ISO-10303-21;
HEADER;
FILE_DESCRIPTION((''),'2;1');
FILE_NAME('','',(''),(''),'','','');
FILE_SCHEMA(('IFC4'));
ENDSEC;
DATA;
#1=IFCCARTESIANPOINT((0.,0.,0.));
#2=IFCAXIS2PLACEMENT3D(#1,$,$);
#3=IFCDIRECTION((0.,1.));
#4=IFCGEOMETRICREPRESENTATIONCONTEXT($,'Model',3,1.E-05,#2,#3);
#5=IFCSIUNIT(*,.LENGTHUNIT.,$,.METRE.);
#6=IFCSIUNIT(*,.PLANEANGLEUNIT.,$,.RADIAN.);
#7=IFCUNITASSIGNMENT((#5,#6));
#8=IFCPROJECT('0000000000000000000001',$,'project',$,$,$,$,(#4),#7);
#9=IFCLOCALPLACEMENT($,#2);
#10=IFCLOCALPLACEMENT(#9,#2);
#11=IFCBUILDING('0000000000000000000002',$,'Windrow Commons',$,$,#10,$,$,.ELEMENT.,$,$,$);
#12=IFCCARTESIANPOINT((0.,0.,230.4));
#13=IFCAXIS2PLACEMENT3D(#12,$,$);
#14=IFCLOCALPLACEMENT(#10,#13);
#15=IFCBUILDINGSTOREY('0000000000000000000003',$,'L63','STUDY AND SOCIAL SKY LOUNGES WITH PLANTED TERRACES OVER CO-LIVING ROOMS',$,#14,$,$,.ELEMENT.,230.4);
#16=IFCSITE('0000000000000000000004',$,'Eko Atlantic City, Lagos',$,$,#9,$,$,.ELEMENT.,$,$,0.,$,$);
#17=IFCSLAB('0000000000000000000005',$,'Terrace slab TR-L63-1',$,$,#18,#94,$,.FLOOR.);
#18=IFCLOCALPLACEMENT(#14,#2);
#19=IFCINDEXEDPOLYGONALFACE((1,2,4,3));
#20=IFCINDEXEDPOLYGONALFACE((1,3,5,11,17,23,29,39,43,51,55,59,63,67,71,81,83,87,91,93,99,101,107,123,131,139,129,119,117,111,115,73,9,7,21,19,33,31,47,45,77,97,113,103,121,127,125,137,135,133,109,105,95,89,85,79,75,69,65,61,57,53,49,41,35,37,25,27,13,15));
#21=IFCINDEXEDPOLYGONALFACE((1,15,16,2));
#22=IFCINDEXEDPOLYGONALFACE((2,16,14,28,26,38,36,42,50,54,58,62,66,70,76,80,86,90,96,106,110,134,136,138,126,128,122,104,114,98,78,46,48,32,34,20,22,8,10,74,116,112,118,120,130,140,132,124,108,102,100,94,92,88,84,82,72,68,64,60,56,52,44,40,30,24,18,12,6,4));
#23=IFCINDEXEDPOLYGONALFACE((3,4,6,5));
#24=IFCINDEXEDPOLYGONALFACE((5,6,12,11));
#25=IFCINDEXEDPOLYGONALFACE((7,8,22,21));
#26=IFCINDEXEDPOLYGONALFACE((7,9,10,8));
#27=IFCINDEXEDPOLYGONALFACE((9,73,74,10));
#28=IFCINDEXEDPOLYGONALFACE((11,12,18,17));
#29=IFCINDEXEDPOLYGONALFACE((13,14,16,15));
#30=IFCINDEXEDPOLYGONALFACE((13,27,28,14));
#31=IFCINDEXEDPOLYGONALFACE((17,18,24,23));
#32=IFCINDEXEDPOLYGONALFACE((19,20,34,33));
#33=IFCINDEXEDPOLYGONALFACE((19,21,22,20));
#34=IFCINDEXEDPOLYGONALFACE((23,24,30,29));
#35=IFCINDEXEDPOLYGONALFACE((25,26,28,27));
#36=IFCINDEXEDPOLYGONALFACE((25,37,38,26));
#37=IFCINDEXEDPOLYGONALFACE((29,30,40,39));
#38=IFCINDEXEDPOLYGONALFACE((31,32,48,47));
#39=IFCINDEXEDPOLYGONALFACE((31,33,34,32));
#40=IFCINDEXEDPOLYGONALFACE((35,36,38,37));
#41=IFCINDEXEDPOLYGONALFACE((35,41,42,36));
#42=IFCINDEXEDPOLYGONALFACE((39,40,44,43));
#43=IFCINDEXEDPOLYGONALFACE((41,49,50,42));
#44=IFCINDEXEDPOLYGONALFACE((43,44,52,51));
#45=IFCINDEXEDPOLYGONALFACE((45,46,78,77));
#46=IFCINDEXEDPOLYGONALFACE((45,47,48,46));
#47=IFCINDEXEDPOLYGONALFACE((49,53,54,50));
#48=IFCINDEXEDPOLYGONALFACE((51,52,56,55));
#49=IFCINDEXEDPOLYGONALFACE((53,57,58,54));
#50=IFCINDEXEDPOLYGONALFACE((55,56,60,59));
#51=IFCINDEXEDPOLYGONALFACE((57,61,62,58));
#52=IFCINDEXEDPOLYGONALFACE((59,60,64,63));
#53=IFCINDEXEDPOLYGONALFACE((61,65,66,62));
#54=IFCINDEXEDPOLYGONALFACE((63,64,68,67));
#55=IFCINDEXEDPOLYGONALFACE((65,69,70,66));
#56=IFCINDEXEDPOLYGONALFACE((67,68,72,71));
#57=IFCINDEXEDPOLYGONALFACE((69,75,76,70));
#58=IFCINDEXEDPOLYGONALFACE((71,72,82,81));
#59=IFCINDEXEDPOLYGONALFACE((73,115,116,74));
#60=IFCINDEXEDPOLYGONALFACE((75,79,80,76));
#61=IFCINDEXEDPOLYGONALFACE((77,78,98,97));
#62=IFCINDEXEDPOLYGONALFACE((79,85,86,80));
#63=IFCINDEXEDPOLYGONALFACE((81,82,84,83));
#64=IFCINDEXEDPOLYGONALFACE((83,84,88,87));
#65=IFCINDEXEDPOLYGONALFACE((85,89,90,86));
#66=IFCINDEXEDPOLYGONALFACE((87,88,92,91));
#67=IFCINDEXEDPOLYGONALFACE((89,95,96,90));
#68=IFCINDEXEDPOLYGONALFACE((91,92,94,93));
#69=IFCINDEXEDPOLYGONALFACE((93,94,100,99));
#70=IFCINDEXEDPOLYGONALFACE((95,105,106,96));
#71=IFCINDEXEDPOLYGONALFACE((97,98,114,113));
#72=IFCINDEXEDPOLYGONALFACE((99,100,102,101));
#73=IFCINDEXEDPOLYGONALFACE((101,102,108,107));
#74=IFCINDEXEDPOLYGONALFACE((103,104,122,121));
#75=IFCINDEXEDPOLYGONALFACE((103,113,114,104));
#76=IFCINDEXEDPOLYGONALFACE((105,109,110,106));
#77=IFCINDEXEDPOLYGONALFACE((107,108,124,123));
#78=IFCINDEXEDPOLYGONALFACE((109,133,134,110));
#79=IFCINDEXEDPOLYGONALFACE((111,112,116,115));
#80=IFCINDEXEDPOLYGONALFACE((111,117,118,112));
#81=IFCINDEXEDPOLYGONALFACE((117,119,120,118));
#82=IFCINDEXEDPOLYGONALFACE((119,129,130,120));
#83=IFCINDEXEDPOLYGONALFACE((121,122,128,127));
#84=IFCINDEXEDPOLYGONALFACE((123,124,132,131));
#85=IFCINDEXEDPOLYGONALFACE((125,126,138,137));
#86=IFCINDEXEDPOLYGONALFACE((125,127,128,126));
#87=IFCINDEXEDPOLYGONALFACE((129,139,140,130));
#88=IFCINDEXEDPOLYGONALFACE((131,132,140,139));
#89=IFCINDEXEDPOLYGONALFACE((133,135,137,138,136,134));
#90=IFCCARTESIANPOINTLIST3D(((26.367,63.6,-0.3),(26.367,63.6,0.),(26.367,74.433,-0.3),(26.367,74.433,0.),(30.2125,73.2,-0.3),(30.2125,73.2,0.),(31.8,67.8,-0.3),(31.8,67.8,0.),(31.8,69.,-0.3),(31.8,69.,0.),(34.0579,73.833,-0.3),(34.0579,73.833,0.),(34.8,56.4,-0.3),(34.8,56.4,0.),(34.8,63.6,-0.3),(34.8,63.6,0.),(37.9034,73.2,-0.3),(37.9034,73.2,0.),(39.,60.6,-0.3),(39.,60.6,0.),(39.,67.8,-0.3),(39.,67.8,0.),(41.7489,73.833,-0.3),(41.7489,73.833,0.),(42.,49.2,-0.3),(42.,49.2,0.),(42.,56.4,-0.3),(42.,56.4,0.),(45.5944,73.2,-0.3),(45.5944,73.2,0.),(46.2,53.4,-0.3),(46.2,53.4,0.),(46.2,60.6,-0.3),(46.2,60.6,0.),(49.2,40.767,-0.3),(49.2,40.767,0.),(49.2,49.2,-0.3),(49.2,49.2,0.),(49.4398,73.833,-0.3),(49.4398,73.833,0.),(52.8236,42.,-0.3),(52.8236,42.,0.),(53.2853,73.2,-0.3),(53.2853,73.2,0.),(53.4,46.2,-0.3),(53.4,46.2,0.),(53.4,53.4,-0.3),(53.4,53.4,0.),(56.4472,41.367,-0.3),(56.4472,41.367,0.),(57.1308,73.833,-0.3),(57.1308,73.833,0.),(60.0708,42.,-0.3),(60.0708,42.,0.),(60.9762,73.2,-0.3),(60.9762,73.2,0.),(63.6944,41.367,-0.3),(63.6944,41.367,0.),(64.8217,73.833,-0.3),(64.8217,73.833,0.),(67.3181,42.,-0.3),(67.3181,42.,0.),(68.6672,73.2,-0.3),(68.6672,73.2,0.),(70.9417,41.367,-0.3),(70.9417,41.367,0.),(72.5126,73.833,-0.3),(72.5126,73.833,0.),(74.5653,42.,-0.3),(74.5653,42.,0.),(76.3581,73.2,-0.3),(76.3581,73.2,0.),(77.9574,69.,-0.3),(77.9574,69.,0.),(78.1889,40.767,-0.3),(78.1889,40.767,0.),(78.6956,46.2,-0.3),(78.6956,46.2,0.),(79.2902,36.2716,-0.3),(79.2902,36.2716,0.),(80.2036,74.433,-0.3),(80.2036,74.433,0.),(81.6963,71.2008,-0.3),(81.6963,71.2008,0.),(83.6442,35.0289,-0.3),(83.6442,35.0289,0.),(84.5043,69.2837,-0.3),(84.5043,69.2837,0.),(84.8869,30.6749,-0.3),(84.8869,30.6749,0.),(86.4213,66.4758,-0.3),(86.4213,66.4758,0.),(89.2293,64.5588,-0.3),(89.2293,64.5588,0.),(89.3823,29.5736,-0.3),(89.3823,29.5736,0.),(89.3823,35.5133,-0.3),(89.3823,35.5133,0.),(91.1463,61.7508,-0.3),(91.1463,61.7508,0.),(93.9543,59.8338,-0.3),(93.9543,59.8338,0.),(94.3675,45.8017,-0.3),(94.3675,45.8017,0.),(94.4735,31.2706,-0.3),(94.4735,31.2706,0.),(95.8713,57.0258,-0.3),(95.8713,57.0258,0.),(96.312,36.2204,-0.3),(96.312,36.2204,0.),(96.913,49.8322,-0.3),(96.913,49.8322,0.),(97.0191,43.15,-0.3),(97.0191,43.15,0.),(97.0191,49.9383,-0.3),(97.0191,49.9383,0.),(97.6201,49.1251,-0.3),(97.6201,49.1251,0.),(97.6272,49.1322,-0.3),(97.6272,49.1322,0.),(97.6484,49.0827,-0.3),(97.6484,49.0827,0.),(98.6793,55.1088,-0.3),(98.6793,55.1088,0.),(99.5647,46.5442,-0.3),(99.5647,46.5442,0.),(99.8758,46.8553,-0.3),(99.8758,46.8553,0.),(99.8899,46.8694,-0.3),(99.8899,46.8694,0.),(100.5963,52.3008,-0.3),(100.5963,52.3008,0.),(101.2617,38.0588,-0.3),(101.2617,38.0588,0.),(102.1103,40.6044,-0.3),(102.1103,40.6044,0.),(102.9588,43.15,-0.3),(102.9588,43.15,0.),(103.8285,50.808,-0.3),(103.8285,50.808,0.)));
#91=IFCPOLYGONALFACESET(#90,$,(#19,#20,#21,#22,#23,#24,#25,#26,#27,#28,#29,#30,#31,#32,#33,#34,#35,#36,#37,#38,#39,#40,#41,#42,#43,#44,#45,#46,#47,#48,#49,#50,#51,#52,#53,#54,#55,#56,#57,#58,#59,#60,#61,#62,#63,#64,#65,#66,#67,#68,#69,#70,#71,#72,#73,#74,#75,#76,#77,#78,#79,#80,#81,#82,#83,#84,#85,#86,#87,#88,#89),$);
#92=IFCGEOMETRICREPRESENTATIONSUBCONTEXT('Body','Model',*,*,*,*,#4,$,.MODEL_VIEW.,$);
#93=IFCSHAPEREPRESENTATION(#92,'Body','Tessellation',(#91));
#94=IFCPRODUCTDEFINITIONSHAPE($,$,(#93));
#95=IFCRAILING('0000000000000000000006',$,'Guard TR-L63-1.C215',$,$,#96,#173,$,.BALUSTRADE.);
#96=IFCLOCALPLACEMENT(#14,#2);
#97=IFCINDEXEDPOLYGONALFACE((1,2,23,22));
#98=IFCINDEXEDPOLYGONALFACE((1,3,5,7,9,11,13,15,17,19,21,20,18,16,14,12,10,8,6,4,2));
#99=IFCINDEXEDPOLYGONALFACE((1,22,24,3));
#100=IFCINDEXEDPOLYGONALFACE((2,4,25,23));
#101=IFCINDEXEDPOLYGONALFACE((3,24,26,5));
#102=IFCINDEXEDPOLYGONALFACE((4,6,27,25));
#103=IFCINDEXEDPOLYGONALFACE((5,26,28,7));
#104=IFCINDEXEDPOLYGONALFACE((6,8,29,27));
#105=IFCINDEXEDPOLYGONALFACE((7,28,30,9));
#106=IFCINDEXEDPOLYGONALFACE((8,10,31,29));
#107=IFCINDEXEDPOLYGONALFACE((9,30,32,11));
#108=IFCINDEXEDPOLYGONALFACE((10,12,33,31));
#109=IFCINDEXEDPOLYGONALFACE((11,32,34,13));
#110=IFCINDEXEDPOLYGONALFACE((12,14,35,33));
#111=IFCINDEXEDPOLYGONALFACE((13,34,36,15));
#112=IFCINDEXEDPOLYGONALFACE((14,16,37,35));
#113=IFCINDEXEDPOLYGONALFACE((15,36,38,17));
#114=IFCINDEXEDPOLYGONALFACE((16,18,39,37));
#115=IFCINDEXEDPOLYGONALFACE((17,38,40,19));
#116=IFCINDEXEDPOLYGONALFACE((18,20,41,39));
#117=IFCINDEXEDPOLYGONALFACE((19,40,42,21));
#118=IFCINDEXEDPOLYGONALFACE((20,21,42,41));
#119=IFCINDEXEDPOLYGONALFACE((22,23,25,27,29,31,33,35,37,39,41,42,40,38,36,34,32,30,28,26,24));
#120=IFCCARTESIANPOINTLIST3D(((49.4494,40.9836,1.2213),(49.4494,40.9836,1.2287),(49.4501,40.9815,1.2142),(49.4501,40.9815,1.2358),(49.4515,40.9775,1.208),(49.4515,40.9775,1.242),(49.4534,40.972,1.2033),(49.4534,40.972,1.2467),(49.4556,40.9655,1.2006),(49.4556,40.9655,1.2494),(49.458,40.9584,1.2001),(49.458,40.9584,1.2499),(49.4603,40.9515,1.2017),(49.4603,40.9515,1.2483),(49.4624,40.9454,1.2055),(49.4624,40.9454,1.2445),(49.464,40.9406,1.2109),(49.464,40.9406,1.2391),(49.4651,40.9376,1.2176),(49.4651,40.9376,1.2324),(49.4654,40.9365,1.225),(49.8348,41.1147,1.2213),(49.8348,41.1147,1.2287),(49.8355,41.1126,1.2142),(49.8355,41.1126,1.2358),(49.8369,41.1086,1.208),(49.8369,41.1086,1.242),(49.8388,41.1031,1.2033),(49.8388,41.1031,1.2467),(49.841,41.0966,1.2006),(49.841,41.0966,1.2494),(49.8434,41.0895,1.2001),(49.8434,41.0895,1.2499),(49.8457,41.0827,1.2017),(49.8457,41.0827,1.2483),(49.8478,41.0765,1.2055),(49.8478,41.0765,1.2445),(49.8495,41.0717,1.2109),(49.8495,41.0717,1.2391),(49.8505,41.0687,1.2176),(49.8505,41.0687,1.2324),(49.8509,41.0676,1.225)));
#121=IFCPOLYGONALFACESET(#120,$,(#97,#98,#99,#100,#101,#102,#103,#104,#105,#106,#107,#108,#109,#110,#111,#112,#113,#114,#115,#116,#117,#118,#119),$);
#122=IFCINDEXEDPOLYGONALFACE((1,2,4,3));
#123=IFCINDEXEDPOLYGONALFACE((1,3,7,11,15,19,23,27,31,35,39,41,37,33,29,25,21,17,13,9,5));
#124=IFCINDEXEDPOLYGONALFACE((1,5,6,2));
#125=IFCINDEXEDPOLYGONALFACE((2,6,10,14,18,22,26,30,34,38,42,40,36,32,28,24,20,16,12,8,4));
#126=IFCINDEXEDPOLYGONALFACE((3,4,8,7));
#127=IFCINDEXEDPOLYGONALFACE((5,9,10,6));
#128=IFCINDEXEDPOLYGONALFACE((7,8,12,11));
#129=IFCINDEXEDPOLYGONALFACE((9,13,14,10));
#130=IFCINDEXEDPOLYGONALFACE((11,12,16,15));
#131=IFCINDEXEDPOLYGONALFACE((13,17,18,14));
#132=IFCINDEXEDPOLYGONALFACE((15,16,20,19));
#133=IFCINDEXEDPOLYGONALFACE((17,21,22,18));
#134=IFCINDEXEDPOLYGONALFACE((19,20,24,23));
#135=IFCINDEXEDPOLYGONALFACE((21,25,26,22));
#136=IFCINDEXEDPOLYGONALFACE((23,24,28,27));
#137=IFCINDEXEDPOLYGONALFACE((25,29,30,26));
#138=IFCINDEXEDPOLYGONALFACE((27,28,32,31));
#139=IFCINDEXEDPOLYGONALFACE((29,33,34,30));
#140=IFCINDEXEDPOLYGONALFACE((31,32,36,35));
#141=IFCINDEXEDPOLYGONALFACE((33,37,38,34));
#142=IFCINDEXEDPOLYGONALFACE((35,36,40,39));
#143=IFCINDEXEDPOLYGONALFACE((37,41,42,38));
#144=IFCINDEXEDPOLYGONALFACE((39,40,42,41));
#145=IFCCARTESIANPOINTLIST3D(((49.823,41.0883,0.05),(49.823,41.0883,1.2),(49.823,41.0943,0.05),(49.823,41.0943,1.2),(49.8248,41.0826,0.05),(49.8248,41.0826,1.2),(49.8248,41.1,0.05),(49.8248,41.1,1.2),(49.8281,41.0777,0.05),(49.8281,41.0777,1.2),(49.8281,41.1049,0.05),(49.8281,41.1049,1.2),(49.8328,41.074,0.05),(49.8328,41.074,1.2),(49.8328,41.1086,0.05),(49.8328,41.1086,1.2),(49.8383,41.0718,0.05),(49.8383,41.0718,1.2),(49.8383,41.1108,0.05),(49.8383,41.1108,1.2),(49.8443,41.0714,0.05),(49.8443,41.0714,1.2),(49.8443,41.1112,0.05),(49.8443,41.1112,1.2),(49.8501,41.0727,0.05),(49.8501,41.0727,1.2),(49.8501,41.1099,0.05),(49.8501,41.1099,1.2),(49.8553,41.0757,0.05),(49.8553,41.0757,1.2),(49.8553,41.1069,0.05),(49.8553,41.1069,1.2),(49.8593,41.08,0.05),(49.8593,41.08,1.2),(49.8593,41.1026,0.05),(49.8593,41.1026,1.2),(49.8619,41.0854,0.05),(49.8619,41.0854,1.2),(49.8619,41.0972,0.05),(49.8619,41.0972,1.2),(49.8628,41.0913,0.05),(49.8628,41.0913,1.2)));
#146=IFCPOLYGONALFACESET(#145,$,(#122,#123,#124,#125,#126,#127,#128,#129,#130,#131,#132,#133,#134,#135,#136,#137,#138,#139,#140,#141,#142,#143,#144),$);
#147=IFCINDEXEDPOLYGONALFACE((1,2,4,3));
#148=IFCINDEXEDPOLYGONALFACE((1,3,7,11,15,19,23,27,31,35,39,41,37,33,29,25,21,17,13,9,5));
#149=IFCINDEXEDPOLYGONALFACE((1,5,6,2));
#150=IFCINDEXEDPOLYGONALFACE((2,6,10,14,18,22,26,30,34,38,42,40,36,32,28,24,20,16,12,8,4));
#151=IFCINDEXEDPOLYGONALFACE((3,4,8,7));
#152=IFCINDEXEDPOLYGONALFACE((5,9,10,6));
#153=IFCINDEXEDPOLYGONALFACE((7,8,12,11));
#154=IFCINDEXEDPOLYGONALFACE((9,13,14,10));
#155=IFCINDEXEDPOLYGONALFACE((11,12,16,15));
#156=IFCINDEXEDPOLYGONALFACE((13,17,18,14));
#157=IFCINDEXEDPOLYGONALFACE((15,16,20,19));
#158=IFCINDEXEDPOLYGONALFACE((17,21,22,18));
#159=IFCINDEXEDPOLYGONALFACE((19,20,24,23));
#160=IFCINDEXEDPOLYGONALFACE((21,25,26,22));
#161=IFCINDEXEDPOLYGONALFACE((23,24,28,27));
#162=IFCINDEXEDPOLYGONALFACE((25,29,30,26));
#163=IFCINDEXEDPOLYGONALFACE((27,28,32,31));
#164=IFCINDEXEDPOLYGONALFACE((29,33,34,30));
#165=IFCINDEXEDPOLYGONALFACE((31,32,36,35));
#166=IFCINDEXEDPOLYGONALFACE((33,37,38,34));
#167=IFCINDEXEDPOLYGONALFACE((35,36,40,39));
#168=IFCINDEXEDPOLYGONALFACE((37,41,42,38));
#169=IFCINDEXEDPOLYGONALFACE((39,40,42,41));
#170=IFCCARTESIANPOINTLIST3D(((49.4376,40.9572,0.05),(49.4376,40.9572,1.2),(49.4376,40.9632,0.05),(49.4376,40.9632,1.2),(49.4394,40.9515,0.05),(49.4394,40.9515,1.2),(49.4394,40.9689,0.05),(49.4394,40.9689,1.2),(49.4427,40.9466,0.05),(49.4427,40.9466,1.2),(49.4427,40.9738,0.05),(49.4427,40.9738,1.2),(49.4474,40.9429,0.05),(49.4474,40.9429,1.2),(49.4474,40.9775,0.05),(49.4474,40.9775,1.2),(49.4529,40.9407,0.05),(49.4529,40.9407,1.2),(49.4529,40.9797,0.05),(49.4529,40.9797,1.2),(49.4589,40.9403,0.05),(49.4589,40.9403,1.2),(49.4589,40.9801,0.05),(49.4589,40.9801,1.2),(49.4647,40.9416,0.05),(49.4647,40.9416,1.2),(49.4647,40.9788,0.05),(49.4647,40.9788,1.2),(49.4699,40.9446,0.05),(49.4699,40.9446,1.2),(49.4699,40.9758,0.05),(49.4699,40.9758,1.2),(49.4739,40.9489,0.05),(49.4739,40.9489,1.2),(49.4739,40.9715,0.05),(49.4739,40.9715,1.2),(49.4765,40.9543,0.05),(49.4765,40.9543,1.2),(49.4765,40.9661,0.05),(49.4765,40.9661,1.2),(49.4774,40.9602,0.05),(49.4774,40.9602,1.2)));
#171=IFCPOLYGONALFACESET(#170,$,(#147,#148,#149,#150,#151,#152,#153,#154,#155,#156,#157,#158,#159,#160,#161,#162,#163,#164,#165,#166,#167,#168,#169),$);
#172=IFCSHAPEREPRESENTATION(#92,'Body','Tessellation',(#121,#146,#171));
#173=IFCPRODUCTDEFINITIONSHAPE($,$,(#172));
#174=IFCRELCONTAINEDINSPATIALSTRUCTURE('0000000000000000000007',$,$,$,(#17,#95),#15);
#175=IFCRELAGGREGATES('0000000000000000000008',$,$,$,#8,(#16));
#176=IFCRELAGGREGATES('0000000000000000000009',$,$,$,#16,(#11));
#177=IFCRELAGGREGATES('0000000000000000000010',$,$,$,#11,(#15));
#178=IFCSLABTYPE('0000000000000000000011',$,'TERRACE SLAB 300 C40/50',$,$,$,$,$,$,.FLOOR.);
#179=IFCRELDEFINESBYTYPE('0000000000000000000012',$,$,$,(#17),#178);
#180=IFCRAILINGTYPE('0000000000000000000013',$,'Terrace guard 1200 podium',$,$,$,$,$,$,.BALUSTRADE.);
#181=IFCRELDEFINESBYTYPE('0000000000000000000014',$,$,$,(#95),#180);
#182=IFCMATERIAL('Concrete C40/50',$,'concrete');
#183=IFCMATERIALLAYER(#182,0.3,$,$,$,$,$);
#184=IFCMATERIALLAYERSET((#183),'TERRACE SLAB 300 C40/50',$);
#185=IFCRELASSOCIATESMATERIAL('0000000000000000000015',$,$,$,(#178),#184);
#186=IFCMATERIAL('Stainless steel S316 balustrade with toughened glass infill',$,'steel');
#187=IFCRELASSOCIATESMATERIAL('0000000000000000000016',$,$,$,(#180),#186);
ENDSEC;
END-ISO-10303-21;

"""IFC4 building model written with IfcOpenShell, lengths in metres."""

from ifc_helpers import new_model, si_unit, direction, frame, origin, origin_2d, place, context, subcontext, project, spatial, polyline, circle, outline, extrude, material, layer, layer_set, type_object, element, save


model = new_model("IFC4")

# Units and contexts
model_context = context("Model", 3, precision=1e-05, world=origin(), true_north=direction((0.0, 1.0)))
body_context = subcontext(model_context, "Body", "Model", "MODEL_VIEW")
ifc_project = project(units=[si_unit("LENGTHUNIT", "METRE"), si_unit("PLANEANGLEUNIT", "RADIAN")], contexts=[model_context])

# Site, building, storey
site_placement = place(None, origin())
site = spatial("IfcSite", under=ifc_project, at=site_placement, Name="Eko Atlantic City, Lagos", CompositionType="ELEMENT", RefElevation=0.0)
building_placement = place(site_placement, origin())
building = spatial("IfcBuilding", under=site, at=building_placement, Name="Windrow Commons", CompositionType="ELEMENT")
storey_placement = place(building_placement, frame((0.0, 0.0, 230.4)))
storey = spatial("IfcBuildingStorey", under=building, at=storey_placement, Name="L63", Description="STUDY AND SOCIAL SKY LOUNGES WITH PLANTED TERRACES OVER CO-LIVING ROOMS", CompositionType="ELEMENT", Elevation=230.4)

# Shared definitions
placement_1 = place(storey_placement, frame((0.0, 0.0, -0.3)))

# Slab
ifc_material_1 = material(Name="Concrete C40/50", Category="concrete")
ifc_layer_1 = layer(ifc_material_1, 0.3)
ifc_layer_set_1 = layer_set([ifc_layer_1], Name="TERRACE SLAB 300 C40/50")
slab_type_1 = type_object("IfcSlabType", Name="TERRACE SLAB 300 C40/50", PredefinedType="FLOOR", material=ifc_layer_set_1)
element("IfcSlab", 1, at=placement_1, inside=storey, type_object=slab_type_1, Name="Terrace slab TR-L63-1", PredefinedType="FLOOR", context=body_context, shape_type="SweptSolid", body=[
    extrude(outline(polyline([(63.6944, 41.367), (67.3181, 42.0), (70.9417, 41.367), (74.5653, 42.0), (78.1889, 40.767), (79.2902, 36.2716), (83.6442, 35.0289), (84.8869, 30.6749), (89.3823, 29.5736), (94.4735, 31.2706), (96.312, 36.2204), (101.2617, 38.0588), (102.1103, 40.6044), (102.9588, 43.15), (99.5647, 46.5442), (99.8758, 46.8553), (97.6484, 49.0827), (94.3675, 45.8017), (97.0191, 43.15), (89.3823, 35.5133), (78.6956, 46.2), (53.4, 46.2), (53.4, 53.4), (46.2, 53.4), (46.2, 60.6), (39.0, 60.6), (39.0, 67.8), (31.8, 67.8), (31.8, 69.0), (77.9574, 69.0), (97.0191, 49.9383), (96.913, 49.8322), (97.6201, 49.1251), (97.6272, 49.1322), (99.8899, 46.8694), (103.8285, 50.808), (100.5963, 52.3008), (98.6793, 55.1088), (95.8713, 57.0258), (93.9543, 59.8338), (91.1463, 61.7508), (89.2293, 64.5588), (86.4213, 66.4758), (84.5043, 69.2837), (81.6963, 71.2008), (80.2036, 74.433), (76.3581, 73.2), (72.5126, 73.833), (68.6672, 73.2), (64.8217, 73.833), (60.9762, 73.2), (57.1308, 73.833), (53.2853, 73.2), (49.4398, 73.833), (45.5944, 73.2), (41.7489, 73.833), (37.9034, 73.2), (34.0579, 73.833), (30.2125, 73.2), (26.367, 74.433), (26.367, 63.6), (34.8, 63.6), (34.8, 56.4), (42.0, 56.4), (42.0, 49.2), (49.2, 49.2), (49.2, 40.767), (52.8236, 42.0), (56.4472, 41.367), (60.0708, 42.0), (63.6944, 41.367)])), origin(), (0.0, 0.0, 1.0), 0.3),
])

# Railing
ifc_material_2 = material(Name="Stainless steel S316 balustrade with toughened glass infill", Category="steel")
railing_type = type_object("IfcRailingType", Name="Terrace guard 1200 podium", PredefinedType="BALUSTRADE", material=ifc_material_2)
railing_1_placement = place(storey_placement, frame((49.8428, 41.0913, 0.05)))
element("IfcRailing", 2, at=railing_1_placement, inside=storey, type_object=railing_type, Name="Guard TR-L63-1.C215", PredefinedType="BALUSTRADE", context=body_context, shape_type="SweptSolid", body=[
    extrude(circle(Radius=0.025, at=origin_2d()), frame((0.0, 0.0, 1.175), z_axis=(-0.946725, -0.322044, 0.0), x_axis=(0.322044, -0.946725, 0.0)), (0.0, 0.0, 1.0), 0.4071),
    extrude(circle(Radius=0.02, at=origin_2d()), origin(), (0.0, 0.0, 1.0), 1.15),
    extrude(circle(Radius=0.02, at=origin_2d()), frame((-0.3854, -0.1311, 0.0)), (0.0, 0.0, 1.0), 1.15),
])

save(model, "model.ifc")
